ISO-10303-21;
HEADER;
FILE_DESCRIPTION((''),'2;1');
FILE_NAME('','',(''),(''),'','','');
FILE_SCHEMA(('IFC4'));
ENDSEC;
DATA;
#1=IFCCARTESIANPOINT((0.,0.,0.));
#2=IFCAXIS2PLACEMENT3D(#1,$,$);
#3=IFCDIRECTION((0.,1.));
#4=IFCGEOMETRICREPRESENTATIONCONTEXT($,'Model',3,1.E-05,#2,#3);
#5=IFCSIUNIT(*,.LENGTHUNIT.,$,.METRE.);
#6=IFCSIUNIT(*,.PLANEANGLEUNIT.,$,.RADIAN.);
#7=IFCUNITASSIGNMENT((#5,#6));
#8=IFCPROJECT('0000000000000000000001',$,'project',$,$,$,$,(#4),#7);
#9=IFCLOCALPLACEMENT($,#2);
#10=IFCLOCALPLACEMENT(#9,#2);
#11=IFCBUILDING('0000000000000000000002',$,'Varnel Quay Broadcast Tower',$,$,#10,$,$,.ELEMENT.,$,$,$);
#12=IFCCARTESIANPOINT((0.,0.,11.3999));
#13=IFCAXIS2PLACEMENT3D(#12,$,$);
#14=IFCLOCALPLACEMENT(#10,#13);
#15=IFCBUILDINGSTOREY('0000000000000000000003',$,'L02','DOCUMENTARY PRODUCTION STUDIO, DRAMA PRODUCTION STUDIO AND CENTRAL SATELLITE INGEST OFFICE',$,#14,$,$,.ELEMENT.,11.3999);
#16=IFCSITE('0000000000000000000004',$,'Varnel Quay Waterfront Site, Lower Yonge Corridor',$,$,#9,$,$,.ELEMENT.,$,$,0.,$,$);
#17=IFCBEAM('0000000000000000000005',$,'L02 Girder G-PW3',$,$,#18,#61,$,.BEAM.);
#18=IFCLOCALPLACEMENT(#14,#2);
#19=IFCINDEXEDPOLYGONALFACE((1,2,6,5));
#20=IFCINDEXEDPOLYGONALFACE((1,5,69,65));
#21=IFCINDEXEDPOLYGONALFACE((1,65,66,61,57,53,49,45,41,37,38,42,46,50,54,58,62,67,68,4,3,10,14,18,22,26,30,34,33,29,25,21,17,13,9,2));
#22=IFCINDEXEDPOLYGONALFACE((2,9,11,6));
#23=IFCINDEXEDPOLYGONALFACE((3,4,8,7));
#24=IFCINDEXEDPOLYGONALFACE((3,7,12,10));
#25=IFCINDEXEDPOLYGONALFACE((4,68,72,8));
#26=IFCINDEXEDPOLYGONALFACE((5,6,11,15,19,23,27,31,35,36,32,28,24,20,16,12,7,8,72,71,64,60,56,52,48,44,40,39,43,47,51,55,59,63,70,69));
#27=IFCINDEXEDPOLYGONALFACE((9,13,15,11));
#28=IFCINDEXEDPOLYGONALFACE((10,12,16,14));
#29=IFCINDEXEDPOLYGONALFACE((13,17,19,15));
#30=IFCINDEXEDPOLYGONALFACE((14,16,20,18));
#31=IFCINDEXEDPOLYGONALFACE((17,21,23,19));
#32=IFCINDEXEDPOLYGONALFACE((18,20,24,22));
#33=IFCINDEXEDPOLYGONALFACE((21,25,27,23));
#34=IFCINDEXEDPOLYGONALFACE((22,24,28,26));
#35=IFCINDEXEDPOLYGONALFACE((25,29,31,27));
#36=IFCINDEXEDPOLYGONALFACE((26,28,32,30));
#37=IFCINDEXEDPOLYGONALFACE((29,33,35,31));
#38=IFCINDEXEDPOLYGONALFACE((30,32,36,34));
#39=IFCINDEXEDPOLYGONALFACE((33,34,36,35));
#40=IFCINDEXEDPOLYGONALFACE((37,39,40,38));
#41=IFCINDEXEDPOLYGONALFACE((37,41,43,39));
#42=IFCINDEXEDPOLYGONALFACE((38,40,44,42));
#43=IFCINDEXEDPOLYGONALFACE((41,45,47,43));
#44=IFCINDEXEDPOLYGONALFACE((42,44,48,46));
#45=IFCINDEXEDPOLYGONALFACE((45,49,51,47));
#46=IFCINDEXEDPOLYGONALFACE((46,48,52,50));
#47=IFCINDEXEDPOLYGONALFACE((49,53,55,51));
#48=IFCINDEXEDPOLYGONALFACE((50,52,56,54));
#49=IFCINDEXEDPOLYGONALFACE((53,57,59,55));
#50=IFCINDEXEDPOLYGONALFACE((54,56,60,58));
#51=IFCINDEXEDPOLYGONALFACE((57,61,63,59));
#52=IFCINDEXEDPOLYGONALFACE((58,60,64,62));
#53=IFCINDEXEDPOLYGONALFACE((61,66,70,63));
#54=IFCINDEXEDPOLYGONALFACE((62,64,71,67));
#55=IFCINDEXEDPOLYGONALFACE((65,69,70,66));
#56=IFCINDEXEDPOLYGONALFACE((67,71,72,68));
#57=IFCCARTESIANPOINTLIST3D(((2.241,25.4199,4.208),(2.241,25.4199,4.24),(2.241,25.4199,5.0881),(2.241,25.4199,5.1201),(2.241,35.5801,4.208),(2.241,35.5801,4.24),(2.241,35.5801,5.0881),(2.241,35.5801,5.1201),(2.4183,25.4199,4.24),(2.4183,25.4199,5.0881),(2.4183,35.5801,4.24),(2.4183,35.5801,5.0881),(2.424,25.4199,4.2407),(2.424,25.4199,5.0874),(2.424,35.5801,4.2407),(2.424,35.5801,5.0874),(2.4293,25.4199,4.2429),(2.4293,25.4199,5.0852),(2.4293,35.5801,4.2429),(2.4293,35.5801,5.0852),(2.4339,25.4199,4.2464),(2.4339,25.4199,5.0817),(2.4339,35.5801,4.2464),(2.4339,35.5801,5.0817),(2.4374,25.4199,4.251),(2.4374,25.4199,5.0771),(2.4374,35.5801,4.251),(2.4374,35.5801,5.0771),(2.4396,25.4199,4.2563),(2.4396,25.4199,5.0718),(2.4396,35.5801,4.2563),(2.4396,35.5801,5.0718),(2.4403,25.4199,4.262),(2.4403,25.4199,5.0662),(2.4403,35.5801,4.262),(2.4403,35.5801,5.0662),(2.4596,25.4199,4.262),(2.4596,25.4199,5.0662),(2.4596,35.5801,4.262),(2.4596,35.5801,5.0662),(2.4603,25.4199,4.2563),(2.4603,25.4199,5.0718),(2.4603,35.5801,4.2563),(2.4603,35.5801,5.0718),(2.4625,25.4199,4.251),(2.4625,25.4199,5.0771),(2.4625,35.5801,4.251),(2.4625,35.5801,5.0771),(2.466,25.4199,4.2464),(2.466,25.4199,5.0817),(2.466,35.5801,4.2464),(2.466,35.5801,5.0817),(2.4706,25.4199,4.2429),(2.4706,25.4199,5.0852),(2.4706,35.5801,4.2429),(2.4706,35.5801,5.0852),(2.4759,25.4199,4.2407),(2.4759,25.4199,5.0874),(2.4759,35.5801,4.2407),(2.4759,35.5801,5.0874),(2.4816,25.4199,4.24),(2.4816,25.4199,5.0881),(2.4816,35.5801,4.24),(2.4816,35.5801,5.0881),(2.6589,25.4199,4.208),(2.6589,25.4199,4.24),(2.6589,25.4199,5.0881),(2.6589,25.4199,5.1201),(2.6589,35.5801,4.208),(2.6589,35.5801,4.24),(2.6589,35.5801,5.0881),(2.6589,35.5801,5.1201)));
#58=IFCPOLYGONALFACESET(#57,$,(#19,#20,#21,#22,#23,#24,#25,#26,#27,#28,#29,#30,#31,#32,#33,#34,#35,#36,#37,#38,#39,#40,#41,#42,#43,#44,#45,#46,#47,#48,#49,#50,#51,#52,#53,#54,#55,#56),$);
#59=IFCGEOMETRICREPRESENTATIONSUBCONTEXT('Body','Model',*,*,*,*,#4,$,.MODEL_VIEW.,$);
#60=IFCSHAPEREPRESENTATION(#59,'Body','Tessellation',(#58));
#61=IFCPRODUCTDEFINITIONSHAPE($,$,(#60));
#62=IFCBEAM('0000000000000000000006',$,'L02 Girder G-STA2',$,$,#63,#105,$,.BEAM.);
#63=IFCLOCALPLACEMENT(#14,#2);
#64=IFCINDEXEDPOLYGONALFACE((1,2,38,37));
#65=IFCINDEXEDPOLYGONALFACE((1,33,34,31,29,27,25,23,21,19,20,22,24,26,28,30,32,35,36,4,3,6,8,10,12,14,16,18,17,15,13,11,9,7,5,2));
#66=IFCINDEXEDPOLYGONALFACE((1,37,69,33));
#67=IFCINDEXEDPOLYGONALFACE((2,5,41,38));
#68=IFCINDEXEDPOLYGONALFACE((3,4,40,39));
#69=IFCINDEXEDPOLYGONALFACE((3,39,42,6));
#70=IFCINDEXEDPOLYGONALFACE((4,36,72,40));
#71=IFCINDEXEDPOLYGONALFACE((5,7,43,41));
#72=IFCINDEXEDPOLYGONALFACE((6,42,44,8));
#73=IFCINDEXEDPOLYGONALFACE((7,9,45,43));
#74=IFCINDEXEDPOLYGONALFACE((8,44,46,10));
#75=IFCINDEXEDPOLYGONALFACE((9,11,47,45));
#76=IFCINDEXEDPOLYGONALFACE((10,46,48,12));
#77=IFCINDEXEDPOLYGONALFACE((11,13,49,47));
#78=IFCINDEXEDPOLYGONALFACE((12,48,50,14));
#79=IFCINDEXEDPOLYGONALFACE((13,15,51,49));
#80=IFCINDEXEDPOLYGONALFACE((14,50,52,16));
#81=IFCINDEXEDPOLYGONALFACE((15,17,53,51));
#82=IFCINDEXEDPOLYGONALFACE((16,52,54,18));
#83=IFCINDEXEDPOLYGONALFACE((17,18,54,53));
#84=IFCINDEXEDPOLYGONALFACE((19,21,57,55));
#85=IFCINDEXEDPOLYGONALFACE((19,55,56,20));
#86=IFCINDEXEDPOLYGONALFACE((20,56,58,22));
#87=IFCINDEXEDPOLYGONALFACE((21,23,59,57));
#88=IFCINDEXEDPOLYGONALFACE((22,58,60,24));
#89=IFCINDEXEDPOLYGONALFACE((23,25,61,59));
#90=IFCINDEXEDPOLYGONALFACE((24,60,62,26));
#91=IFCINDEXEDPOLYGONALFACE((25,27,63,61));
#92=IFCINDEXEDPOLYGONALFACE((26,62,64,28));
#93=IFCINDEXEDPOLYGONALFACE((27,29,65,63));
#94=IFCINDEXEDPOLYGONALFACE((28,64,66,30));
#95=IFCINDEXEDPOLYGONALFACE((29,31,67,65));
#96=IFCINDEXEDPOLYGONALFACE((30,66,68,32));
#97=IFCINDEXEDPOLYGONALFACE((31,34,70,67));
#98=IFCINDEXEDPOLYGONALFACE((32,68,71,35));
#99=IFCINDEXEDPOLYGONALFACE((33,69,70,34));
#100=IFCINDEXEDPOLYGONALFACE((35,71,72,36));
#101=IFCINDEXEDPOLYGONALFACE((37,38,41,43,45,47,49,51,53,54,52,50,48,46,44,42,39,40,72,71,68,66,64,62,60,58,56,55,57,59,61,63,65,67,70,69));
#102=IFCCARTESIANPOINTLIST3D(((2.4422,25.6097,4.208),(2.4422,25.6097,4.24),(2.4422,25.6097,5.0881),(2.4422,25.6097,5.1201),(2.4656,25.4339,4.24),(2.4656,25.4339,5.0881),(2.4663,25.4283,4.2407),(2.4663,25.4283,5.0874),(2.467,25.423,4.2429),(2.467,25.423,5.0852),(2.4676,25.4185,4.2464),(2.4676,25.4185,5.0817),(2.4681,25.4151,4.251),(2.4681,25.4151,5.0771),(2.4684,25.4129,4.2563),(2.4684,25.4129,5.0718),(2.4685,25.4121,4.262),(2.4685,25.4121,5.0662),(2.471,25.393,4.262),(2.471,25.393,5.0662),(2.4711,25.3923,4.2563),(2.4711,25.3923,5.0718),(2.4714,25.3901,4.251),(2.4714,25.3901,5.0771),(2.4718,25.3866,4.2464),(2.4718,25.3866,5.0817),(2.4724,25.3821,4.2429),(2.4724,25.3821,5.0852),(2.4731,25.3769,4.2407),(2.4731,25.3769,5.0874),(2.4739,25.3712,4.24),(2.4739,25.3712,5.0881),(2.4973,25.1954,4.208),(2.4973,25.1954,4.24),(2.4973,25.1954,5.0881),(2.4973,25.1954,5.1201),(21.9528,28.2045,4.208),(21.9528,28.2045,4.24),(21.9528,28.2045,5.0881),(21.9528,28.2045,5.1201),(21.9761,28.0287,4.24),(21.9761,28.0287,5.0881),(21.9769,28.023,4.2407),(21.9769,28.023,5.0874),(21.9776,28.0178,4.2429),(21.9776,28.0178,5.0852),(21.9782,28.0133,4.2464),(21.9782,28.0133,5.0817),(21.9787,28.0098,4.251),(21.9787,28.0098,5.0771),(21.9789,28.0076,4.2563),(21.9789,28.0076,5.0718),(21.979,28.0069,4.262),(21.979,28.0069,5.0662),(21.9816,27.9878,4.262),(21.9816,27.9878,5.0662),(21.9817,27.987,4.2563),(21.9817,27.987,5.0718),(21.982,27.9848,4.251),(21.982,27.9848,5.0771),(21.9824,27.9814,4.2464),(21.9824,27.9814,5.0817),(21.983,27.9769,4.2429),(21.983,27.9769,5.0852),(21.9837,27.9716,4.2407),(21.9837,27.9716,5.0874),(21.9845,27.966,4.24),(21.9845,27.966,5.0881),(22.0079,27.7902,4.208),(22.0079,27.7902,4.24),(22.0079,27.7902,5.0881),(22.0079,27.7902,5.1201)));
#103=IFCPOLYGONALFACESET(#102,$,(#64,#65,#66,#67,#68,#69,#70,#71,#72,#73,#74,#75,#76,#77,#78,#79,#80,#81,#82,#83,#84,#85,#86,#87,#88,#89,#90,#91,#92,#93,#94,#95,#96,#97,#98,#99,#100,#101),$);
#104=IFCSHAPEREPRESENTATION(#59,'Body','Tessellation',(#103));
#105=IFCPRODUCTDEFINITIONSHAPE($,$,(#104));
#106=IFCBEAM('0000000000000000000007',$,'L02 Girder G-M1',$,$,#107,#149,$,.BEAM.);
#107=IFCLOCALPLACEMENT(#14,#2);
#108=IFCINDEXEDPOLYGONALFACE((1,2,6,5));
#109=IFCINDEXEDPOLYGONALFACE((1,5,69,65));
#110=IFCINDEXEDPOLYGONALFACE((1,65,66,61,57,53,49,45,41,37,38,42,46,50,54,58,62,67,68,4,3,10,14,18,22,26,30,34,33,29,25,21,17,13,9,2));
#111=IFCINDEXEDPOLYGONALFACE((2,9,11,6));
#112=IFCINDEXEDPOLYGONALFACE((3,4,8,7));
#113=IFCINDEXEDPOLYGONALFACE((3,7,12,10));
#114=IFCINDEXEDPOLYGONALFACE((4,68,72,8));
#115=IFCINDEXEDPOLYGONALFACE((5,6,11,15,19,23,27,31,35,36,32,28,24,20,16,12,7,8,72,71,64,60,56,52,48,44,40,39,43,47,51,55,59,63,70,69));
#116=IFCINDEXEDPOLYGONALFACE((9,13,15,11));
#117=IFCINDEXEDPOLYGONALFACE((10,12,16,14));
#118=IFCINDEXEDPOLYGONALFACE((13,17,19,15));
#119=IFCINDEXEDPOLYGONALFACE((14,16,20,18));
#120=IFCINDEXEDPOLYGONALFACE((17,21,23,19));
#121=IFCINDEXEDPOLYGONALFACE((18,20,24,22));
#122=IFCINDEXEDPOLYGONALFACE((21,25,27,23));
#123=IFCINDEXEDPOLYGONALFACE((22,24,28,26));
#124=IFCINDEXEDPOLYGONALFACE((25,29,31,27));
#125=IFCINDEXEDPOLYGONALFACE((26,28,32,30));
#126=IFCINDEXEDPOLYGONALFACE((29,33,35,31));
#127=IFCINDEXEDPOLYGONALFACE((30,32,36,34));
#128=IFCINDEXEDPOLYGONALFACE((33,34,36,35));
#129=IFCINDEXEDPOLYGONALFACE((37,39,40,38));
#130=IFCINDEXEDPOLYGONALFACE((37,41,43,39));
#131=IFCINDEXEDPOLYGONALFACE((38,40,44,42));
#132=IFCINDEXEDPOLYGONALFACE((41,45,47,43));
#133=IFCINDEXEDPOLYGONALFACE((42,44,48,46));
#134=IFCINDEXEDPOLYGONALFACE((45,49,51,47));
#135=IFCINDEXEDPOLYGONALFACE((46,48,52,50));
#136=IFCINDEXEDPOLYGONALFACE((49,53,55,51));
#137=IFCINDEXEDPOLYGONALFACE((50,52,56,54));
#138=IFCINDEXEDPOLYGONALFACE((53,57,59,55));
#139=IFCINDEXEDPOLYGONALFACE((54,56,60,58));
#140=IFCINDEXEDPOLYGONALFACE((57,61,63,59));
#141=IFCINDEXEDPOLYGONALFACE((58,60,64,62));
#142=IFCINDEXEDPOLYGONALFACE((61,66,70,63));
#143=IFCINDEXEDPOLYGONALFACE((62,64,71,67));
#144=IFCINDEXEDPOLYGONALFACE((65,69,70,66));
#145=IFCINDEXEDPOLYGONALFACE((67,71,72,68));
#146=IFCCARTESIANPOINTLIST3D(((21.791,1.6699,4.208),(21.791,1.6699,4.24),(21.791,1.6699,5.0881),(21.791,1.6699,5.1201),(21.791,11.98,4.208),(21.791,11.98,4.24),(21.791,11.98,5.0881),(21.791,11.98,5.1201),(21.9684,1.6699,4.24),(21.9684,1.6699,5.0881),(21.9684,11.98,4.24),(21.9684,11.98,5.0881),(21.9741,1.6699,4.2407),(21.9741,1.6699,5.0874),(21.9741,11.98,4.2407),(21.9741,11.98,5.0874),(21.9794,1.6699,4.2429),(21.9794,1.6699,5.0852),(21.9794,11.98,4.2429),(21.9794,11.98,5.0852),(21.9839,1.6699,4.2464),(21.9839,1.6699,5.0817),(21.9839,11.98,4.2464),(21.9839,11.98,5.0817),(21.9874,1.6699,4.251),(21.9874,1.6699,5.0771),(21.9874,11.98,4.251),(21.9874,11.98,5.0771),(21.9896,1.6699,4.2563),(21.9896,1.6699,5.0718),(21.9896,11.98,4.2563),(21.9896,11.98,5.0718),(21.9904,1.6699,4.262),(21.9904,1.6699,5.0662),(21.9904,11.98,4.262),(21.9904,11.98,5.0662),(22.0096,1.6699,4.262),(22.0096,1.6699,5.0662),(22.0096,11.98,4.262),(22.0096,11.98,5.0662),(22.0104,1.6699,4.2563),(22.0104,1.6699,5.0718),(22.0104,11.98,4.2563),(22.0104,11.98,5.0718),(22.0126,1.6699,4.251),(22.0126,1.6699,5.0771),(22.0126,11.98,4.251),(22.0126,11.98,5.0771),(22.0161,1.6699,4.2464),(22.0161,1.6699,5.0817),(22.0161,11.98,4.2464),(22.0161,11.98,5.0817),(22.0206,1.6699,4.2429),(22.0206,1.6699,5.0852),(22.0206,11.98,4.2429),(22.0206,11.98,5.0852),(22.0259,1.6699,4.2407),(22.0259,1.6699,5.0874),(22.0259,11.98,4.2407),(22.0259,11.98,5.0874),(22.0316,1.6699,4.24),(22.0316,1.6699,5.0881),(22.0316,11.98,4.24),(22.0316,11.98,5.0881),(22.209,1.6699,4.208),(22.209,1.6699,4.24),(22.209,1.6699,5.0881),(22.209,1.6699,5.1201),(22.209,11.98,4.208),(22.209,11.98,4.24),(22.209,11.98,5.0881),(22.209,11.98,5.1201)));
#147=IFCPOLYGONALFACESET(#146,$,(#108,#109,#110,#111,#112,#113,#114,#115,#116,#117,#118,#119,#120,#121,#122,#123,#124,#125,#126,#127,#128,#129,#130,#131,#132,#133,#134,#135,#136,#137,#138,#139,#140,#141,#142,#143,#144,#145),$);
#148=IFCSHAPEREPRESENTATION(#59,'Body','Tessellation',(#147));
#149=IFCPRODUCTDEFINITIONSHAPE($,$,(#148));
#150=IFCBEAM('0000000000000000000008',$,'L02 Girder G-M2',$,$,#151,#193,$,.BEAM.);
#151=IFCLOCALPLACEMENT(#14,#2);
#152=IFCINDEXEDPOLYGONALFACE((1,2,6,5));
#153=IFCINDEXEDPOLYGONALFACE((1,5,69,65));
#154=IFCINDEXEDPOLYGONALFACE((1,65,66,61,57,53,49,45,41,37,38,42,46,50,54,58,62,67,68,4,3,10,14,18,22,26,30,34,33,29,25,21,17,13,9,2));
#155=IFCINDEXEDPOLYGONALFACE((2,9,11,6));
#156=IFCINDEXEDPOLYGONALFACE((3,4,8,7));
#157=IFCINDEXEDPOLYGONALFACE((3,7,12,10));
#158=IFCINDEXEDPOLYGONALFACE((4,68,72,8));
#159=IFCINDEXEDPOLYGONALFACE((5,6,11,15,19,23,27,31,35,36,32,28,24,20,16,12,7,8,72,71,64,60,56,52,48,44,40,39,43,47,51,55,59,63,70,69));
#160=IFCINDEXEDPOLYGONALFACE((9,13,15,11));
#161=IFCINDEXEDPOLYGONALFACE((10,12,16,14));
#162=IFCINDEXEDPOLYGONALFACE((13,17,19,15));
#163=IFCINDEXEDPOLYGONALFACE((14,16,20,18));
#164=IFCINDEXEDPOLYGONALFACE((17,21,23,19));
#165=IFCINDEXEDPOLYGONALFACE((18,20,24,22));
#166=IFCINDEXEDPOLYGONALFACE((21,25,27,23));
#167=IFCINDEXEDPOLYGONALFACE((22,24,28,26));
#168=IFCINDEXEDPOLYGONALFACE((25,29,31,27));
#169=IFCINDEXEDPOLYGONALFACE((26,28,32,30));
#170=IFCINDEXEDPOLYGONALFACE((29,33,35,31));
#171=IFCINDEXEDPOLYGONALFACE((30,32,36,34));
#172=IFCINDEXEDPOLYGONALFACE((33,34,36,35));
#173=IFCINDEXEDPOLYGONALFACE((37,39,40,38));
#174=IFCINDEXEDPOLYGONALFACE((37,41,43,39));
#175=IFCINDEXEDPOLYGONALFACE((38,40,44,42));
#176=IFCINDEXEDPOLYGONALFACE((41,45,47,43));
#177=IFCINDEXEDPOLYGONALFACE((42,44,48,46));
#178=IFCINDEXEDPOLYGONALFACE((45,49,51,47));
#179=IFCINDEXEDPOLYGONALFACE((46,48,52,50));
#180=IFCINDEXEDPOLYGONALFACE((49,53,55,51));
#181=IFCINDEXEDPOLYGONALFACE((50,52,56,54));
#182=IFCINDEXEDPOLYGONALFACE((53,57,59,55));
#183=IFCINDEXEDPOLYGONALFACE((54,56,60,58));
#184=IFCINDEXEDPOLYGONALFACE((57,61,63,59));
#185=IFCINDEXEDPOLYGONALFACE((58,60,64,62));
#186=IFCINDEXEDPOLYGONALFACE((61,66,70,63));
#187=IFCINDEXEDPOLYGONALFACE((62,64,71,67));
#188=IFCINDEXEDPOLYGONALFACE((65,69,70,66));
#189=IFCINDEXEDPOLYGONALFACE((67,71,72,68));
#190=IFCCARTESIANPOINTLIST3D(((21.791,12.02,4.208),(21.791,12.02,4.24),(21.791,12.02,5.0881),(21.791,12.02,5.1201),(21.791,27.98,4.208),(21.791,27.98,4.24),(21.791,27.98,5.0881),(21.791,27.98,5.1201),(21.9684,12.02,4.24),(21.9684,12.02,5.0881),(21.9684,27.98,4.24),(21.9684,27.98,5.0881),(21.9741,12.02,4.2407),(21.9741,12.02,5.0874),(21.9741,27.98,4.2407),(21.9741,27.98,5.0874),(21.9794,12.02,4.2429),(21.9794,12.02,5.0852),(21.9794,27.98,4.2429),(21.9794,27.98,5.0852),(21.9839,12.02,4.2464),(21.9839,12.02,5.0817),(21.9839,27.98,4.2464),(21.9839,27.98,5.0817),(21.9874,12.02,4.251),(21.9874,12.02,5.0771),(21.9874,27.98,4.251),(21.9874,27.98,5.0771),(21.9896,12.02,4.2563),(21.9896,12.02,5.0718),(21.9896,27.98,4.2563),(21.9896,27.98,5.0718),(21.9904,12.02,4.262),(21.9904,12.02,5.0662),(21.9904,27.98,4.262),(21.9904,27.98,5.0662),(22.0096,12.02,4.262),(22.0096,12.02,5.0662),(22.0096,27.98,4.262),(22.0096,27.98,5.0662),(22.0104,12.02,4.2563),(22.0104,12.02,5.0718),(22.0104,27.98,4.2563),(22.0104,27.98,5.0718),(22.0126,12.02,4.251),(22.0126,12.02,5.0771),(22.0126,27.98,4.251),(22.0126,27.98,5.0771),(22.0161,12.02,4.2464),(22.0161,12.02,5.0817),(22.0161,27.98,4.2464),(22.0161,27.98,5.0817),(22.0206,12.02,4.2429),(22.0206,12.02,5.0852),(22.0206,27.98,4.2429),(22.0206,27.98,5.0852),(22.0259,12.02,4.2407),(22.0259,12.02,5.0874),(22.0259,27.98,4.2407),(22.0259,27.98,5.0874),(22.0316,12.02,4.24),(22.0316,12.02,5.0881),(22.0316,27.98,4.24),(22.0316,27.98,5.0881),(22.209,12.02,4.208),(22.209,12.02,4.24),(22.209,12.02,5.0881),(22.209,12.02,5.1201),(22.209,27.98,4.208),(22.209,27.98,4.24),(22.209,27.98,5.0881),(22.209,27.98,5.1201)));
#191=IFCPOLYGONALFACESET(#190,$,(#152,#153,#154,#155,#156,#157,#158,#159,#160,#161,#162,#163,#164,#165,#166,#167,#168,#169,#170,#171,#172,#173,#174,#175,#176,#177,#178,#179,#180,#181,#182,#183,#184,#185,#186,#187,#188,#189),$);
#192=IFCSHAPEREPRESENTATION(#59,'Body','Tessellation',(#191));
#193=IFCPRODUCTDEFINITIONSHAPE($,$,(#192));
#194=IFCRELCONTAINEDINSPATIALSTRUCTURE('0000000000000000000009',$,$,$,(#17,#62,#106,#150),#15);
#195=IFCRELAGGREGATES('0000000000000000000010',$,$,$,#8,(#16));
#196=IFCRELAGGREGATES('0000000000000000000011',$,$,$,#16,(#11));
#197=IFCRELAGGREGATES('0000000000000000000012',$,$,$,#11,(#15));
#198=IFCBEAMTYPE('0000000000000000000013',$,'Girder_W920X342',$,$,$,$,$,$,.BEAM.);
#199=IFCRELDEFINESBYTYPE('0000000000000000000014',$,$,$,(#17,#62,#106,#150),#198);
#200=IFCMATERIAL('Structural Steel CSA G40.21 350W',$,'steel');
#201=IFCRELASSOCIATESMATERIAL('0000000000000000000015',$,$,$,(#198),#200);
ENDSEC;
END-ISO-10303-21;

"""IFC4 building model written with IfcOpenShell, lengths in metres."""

from ifc_helpers import new_model, si_unit, direction, frame, origin, origin_2d, place, context, subcontext, project, spatial, i_section, extrude, source, transform, mapped, material, material_profile, profile_set, type_object, element, save


model = new_model("IFC4")

# Units and contexts
model_context = context("Model", 3, precision=1e-05, world=origin(), true_north=direction((0.0, 1.0)))
body_context = subcontext(model_context, "Body", "Model", "MODEL_VIEW")
ifc_project = project(units=[si_unit("LENGTHUNIT", "METRE"), si_unit("PLANEANGLEUNIT", "RADIAN")], contexts=[model_context])

# Site, building, storey
site_placement = place(None, origin())
site = spatial("IfcSite", under=ifc_project, at=site_placement, Name="Varnel Quay Waterfront Site, Lower Yonge Corridor", CompositionType="ELEMENT", RefElevation=0.0)
building_placement = place(site_placement, origin())
building = spatial("IfcBuilding", under=site, at=building_placement, Name="Varnel Quay Broadcast Tower", CompositionType="ELEMENT")
storey_placement = place(building_placement, frame((0.0, 0.0, 11.3999)))
storey = spatial("IfcBuildingStorey", under=building, at=storey_placement, Name="L02", Description="DOCUMENTARY PRODUCTION STUDIO, DRAMA PRODUCTION STUDIO AND CENTRAL SATELLITE INGEST OFFICE", CompositionType="ELEMENT", Elevation=11.3999)

# Shared definitions
ifc_material_1 = material(Name="Structural Steel CSA G40.21 350W", Category="steel")

# Beams
ifc_material_profile_1 = material_profile(ifc_material_1, i_section(OverallWidth=0.418, OverallDepth=0.9121, WebThickness=0.0193, FlangeThickness=0.032, FilletRadius=0.022, at=origin_2d()), Name="W920X342")
ifc_profile_set_1 = profile_set([ifc_material_profile_1], Name="Structural Steel CSA G40.21 350W")
beam_type = type_object("IfcBeamType", Name="Girder_W920X342", PredefinedType="BEAM", material=ifc_profile_set_1)
shared_shape_1 = source(origin(), body_context, "Body", "SweptSolid", [
    extrude(i_section(OverallWidth=0.418, OverallDepth=0.9121, WebThickness=0.0193, FlangeThickness=0.032, FilletRadius=0.022, at=origin_2d()), origin(), (0.0, 0.0, 1.0), 10.1602),
])
beam_1_placement = place(storey_placement, frame((2.45, 25.4199, 4.6641), z_axis=(0.0, 1.0, 0.0), x_axis=(-1.0, 0.0, 0.0)))
element("IfcBeam", 1, at=beam_1_placement, inside=storey, type_object=beam_type, Name="L02 Girder G-PW3", PredefinedType="BEAM", context=body_context, shape_type="MappedRepresentation", body=[
    mapped(shared_shape_1, transform((0.0, 0.0, 0.0), x_axis=(1.0, 0.0, 0.0), y_axis=(0.0, 1.0, 0.0), z_axis=(0.0, 0.0, 1.0), scale=1.0)),
])
shared_shape_2 = source(origin(), body_context, "Body", "SweptSolid", [
    extrude(i_section(OverallWidth=0.418, OverallDepth=0.9121, WebThickness=0.0193, FlangeThickness=0.032, FilletRadius=0.022, at=origin_2d()), origin(), (0.0, 0.0, 1.0), 19.6824),
])
beam_2_placement = place(storey_placement, frame((2.4697, 25.4026, 4.6641), z_axis=(0.991272, 0.131831, 0.0), x_axis=(-0.131831, 0.991272, 0.0)))
element("IfcBeam", 2, at=beam_2_placement, inside=storey, type_object=beam_type, Name="L02 Girder G-STA2", PredefinedType="BEAM", context=body_context, shape_type="MappedRepresentation", body=[
    mapped(shared_shape_2, transform((0.0, 0.0, 0.0), x_axis=(1.0, 0.0, 0.0), y_axis=(0.0, 1.0, 0.0), z_axis=(0.0, 0.0, 1.0), scale=1.0)),
])
shared_shape_3 = source(origin(), body_context, "Body", "SweptSolid", [
    extrude(i_section(OverallWidth=0.418, OverallDepth=0.9121, WebThickness=0.0193, FlangeThickness=0.032, FilletRadius=0.022, at=origin_2d()), origin(), (0.0, 0.0, 1.0), 10.3101),
])
beam_3_placement = place(storey_placement, frame((22.0, 1.6699, 4.6641), z_axis=(0.0, 1.0, 0.0), x_axis=(-1.0, 0.0, 0.0)))
element("IfcBeam", 3, at=beam_3_placement, inside=storey, type_object=beam_type, Name="L02 Girder G-M1", PredefinedType="BEAM", context=body_context, shape_type="MappedRepresentation", body=[
    mapped(shared_shape_3, transform((0.0, 0.0, 0.0), x_axis=(1.0, 0.0, 0.0), y_axis=(0.0, 1.0, 0.0), z_axis=(0.0, 0.0, 1.0), scale=1.0)),
])
shared_shape_4 = source(origin(), body_context, "Body", "SweptSolid", [
    extrude(i_section(OverallWidth=0.418, OverallDepth=0.9121, WebThickness=0.0193, FlangeThickness=0.032, FilletRadius=0.022, at=origin_2d()), origin(), (0.0, 0.0, 1.0), 15.96),
])
beam_4_placement = place(storey_placement, frame((22.0, 12.02, 4.6641), z_axis=(0.0, 1.0, 0.0), x_axis=(-1.0, 0.0, 0.0)))
element("IfcBeam", 4, at=beam_4_placement, inside=storey, type_object=beam_type, Name="L02 Girder G-M2", PredefinedType="BEAM", context=body_context, shape_type="MappedRepresentation", body=[
    mapped(shared_shape_4, transform((0.0, 0.0, 0.0), x_axis=(1.0, 0.0, 0.0), y_axis=(0.0, 1.0, 0.0), z_axis=(0.0, 0.0, 1.0), scale=1.0)),
])

save(model, "model.ifc")
